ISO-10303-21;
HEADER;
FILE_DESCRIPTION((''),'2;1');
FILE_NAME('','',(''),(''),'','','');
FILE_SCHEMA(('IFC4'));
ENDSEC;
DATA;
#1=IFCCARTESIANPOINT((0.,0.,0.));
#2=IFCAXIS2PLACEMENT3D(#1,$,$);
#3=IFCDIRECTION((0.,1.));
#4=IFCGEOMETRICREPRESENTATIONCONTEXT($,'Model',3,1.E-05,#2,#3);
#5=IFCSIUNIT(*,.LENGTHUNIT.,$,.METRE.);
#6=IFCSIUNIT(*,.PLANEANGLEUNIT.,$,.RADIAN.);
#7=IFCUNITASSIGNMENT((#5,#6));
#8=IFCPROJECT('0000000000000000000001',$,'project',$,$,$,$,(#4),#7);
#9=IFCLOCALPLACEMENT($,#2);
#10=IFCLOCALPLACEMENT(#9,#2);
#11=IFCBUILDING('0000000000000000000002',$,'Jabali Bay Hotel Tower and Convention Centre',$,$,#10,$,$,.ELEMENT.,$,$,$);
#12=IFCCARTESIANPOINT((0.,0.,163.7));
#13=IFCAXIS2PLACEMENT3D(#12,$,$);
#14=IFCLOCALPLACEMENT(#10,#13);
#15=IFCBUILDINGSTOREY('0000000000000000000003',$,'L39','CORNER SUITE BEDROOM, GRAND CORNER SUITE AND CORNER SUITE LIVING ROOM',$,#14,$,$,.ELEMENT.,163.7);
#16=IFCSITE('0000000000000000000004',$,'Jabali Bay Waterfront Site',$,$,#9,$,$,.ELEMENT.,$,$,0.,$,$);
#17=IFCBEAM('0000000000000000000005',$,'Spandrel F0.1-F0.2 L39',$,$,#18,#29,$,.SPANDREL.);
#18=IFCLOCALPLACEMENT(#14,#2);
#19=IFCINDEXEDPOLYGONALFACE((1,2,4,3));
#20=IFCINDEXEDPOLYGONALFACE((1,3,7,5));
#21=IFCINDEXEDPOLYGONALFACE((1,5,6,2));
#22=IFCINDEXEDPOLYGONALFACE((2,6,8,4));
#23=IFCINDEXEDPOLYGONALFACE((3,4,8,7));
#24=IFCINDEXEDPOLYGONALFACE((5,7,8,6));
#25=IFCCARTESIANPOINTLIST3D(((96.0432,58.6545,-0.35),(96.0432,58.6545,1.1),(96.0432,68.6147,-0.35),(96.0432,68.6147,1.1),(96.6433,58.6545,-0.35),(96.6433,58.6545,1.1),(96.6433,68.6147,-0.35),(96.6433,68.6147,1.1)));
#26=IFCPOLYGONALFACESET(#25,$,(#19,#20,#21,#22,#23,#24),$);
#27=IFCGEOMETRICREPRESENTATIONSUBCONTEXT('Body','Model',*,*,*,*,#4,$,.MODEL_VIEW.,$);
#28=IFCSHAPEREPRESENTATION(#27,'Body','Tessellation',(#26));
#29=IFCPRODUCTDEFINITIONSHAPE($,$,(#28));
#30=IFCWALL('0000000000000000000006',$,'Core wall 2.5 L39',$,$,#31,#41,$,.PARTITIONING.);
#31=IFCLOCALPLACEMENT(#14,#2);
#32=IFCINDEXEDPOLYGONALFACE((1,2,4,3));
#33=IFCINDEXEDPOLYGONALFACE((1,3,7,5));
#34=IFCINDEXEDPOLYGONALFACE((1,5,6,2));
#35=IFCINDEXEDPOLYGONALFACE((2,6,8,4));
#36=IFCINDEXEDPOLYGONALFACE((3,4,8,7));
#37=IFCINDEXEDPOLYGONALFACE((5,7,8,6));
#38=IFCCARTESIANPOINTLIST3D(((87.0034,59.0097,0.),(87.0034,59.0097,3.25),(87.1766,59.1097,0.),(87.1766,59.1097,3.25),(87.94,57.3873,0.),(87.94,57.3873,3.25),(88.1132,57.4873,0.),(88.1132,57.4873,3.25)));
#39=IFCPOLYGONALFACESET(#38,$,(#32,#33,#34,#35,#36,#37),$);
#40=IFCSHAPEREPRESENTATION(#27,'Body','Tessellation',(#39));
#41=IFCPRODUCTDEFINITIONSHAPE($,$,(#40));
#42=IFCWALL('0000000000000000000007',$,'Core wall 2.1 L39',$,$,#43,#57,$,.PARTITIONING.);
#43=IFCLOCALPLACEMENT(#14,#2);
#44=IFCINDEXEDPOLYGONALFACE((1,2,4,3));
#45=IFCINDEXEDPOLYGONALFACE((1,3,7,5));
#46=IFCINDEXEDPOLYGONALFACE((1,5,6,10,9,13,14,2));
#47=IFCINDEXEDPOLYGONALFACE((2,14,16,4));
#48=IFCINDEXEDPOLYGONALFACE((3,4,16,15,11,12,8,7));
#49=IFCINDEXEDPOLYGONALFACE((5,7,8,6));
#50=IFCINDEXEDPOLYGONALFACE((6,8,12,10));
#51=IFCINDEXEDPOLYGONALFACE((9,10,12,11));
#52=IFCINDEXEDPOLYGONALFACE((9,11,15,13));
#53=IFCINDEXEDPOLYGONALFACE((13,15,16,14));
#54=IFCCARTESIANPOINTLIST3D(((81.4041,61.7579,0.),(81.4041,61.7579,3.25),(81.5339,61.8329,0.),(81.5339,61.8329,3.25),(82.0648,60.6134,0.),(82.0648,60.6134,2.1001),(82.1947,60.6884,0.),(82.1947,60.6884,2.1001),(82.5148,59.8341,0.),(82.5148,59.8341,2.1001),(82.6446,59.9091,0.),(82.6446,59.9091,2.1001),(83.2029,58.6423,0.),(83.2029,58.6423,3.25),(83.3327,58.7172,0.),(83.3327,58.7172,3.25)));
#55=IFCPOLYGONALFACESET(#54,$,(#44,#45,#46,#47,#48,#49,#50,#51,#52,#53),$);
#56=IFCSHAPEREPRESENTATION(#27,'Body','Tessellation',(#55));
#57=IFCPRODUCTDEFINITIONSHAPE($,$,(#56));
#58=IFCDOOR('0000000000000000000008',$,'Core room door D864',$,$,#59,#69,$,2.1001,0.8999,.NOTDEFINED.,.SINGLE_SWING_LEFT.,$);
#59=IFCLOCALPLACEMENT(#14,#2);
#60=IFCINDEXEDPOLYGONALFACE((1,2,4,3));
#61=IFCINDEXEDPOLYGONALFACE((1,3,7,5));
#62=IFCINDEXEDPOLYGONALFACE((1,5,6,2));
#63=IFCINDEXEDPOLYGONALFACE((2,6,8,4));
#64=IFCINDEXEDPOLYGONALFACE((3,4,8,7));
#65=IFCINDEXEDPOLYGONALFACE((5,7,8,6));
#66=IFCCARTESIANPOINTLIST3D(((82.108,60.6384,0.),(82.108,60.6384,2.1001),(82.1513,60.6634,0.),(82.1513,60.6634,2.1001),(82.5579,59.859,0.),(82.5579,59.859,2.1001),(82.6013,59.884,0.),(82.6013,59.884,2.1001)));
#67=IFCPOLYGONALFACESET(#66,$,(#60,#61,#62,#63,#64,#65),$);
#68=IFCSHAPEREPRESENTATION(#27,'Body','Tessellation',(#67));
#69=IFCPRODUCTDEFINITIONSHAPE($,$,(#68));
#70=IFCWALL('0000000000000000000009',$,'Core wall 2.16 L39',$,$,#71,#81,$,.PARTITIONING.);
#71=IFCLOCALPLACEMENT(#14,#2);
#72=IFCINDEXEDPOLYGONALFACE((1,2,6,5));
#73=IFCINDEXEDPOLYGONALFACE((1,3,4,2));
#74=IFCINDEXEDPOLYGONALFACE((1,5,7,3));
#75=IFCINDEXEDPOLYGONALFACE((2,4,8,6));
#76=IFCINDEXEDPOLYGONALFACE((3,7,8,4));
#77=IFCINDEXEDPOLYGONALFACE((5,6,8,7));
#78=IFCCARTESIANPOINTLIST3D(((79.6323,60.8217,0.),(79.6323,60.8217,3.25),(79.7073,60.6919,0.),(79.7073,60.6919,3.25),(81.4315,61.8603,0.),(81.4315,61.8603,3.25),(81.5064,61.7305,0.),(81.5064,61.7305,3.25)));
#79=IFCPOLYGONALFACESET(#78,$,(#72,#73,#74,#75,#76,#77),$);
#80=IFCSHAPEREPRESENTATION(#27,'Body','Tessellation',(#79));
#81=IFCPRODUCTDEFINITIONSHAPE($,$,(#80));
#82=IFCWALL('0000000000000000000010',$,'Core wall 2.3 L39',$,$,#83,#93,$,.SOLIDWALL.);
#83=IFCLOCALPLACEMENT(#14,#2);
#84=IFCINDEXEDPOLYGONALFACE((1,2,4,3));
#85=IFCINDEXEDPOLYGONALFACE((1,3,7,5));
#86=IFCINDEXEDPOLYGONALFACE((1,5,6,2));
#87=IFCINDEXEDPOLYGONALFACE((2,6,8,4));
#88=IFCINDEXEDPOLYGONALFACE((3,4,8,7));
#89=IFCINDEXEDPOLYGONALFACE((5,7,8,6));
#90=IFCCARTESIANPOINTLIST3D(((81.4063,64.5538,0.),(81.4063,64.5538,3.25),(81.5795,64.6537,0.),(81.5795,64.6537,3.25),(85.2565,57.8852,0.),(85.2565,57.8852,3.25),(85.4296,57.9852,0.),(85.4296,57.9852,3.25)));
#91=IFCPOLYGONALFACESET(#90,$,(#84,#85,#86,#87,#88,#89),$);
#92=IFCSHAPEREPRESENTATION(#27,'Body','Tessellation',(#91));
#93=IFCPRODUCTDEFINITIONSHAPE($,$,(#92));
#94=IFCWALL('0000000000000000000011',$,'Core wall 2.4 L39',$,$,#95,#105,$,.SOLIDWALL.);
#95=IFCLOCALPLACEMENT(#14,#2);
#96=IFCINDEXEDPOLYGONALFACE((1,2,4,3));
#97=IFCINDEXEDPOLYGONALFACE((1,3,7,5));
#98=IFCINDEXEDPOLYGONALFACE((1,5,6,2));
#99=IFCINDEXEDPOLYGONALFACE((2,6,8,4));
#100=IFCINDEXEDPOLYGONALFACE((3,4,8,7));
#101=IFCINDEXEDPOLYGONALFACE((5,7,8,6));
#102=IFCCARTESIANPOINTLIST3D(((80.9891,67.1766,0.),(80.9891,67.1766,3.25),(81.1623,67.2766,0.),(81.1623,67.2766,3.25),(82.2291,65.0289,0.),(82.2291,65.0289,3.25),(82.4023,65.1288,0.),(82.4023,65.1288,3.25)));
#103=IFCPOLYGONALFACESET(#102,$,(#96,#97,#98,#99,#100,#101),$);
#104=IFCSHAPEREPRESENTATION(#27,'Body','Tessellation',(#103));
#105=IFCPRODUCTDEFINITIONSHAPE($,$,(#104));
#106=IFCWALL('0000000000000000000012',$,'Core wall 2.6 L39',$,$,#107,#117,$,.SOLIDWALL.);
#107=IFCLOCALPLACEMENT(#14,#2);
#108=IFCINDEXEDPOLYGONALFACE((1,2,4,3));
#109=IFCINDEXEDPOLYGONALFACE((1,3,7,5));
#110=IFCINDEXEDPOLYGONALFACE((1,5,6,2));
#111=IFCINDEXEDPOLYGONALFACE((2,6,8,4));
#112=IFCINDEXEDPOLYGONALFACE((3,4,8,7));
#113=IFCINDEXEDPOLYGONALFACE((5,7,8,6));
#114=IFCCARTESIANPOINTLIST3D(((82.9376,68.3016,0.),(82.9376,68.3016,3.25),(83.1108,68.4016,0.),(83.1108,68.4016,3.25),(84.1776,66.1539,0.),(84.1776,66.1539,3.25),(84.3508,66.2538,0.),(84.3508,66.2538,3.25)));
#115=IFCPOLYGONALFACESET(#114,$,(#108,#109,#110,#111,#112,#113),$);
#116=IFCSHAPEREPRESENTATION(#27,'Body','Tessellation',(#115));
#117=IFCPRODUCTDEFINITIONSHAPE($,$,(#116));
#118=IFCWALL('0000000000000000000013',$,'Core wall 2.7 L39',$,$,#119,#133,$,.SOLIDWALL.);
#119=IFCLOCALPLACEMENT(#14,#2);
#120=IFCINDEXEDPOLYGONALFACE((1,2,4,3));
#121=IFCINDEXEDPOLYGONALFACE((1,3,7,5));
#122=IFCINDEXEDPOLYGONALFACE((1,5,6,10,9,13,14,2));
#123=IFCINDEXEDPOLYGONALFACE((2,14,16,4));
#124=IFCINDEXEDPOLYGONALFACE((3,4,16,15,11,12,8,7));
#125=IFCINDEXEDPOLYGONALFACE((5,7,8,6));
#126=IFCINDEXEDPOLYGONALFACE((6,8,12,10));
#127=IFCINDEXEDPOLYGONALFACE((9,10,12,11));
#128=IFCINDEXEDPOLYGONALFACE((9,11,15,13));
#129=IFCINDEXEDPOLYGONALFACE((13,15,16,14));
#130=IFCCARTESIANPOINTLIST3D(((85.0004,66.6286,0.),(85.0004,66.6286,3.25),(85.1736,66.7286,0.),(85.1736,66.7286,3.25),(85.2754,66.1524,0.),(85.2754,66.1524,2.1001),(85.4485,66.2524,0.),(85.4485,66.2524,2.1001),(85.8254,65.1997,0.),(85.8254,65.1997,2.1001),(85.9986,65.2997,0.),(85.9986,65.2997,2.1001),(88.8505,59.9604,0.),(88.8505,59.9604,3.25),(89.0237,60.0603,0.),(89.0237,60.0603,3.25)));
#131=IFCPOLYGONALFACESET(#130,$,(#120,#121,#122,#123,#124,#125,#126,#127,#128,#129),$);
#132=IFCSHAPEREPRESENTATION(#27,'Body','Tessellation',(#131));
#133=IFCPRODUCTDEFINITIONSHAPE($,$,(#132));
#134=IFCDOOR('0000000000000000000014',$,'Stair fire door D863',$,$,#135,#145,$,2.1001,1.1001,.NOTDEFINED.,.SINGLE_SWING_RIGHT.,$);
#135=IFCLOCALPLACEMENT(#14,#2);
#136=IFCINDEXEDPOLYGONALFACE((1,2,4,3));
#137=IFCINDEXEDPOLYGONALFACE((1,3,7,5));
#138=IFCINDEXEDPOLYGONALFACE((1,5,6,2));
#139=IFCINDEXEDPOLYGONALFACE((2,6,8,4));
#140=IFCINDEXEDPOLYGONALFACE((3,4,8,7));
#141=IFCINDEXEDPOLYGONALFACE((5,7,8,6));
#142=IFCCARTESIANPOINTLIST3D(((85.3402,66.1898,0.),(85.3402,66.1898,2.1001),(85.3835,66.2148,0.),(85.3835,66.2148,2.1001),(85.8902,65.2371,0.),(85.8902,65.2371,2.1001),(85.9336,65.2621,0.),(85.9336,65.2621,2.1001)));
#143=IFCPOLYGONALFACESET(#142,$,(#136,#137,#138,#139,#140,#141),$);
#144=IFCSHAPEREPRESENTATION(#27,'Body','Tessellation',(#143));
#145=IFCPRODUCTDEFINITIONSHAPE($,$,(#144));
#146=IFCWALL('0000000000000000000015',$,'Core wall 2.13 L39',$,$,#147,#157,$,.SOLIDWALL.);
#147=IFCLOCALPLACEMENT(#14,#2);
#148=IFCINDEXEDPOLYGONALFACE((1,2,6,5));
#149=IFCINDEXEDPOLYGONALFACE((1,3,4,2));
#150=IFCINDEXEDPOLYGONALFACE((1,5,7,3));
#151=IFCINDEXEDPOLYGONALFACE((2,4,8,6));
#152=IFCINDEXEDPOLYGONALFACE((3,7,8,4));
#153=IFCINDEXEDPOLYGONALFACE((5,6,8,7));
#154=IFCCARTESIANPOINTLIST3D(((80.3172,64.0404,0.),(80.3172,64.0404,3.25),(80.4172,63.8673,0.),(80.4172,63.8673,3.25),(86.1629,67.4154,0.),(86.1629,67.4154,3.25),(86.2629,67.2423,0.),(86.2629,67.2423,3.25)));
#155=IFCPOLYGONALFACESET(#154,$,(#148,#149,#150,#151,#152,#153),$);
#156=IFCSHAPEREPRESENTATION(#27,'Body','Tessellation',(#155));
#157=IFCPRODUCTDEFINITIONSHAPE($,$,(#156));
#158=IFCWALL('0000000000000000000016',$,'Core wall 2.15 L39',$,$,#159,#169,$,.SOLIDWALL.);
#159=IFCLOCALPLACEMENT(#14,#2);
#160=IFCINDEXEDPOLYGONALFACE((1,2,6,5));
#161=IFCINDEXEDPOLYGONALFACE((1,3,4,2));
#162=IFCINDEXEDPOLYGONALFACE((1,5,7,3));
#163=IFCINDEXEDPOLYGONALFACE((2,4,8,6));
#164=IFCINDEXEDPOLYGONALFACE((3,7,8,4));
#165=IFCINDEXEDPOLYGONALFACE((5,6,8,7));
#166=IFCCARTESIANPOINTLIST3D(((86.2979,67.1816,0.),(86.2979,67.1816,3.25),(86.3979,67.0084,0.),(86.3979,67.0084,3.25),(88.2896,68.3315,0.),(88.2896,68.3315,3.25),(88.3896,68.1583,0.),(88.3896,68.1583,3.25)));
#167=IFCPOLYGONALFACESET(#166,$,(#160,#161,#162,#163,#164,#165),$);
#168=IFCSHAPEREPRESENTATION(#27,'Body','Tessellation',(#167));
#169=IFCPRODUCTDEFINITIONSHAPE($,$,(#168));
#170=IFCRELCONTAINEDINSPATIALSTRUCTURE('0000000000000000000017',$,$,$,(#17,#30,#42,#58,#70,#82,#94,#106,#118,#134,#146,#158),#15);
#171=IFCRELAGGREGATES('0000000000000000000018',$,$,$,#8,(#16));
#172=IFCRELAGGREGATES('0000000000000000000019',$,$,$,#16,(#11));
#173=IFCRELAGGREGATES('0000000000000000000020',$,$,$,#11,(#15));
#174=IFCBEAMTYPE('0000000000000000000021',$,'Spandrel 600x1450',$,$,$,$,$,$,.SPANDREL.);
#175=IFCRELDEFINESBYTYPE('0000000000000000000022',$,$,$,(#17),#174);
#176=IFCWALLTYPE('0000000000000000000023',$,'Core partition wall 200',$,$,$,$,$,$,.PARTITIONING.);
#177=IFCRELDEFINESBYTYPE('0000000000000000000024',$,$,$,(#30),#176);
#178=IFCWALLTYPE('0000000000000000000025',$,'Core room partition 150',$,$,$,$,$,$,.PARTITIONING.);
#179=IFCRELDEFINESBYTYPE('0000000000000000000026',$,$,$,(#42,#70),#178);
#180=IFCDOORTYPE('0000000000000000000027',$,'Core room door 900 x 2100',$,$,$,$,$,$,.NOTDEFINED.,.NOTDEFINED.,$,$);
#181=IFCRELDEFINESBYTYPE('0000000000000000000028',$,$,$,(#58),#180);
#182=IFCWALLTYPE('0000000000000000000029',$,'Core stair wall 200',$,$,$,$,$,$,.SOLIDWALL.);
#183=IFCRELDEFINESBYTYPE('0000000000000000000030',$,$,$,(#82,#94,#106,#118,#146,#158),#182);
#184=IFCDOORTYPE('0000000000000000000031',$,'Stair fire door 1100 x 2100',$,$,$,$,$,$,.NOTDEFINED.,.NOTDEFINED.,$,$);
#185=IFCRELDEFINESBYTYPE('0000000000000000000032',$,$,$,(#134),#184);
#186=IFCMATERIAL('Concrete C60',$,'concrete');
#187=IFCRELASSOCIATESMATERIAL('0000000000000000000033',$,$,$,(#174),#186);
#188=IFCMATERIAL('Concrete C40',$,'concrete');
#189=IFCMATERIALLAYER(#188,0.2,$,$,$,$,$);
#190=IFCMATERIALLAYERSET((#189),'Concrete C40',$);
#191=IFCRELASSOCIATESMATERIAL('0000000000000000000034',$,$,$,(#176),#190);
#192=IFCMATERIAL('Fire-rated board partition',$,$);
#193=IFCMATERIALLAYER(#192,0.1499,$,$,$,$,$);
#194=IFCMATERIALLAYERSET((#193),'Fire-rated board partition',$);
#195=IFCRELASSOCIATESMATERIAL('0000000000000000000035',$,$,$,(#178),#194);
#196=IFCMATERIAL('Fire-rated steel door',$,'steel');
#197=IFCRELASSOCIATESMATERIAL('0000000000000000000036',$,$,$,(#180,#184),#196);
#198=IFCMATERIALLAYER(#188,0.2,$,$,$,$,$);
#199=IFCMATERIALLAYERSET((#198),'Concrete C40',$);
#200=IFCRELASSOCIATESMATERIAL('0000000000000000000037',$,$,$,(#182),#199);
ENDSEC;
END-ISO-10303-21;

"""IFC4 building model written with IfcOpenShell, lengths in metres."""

from ifc_helpers import new_model, si_unit, direction, frame, frame_2d, origin, origin_2d, place, context, subcontext, project, spatial, rectangle, extrude, material, layer, layer_set, material_profile, profile_set, type_object, element, fill, save


model = new_model("IFC4")

# Units and contexts
model_context = context("Model", 3, precision=1e-05, world=origin(), true_north=direction((0.0, 1.0)))
body_context = subcontext(model_context, "Body", "Model", "MODEL_VIEW")
ifc_project = project(units=[si_unit("LENGTHUNIT", "METRE"), si_unit("PLANEANGLEUNIT", "RADIAN")], contexts=[model_context])

# Site, building, storey
site_placement = place(None, origin())
site = spatial("IfcSite", under=ifc_project, at=site_placement, Name="Jabali Bay Waterfront Site", CompositionType="ELEMENT", RefElevation=0.0)
building_placement = place(site_placement, origin())
building = spatial("IfcBuilding", under=site, at=building_placement, Name="Jabali Bay Hotel Tower and Convention Centre", CompositionType="ELEMENT")
storey_placement = place(building_placement, frame((0.0, 0.0, 163.7)))
storey = spatial("IfcBuildingStorey", under=building, at=storey_placement, Name="L39", Description="CORNER SUITE BEDROOM, GRAND CORNER SUITE AND CORNER SUITE LIVING ROOM", CompositionType="ELEMENT", Elevation=163.7)

# Beam
ifc_material_1 = material(Name="Concrete C60", Category="concrete")
ifc_material_profile = material_profile(ifc_material_1, rectangle(XDim=0.6001, YDim=1.45, at=origin_2d()), Name="Spandrel 600x1450")
ifc_profile_set = profile_set([ifc_material_profile], Name="Concrete C60")
beam_type = type_object("IfcBeamType", Name="Spandrel 600x1450", PredefinedType="SPANDREL", material=ifc_profile_set)
beam_placement = place(storey_placement, frame((96.3433, 58.6545, 0.375), z_axis=(0.0, 1.0, 0.0), x_axis=(-1.0, 0.0, 0.0)))
element("IfcBeam", 1, at=beam_placement, inside=storey, type_object=beam_type, Name="Spandrel F0.1-F0.2 L39", PredefinedType="SPANDREL", context=body_context, shape_type="SweptSolid", body=[
    extrude(rectangle(XDim=0.6001, YDim=1.45, at=origin_2d()), origin(), (0.0, 0.0, 1.0), 9.9602),
])

# Wall
ifc_material_2 = material(Name="Concrete C40", Category="concrete")
ifc_layer_1 = layer(ifc_material_2, 0.2)
ifc_layer_set_1 = layer_set([ifc_layer_1], Name="Concrete C40")
wall_type_1 = type_object("IfcWallType", Name="Core partition wall 200", PredefinedType="PARTITIONING", material=ifc_layer_set_1)
wall_1_placement = place(storey_placement, frame((87.0901, 59.0596, 0.0), z_axis=(0.0, 0.0, 1.0), x_axis=(0.499952, -0.866053, 0.0)))
element("IfcWall", 2, at=wall_1_placement, inside=storey, type_object=wall_type_1, Name="Core wall 2.5 L39", PredefinedType="PARTITIONING", context=body_context, shape_type="SweptSolid", body=[
    extrude(rectangle(XDim=1.8733, YDim=0.2, at=frame_2d((0.9365, 0.0))), origin(), (0.0, 0.0, 1.0), 3.25),
])

# Wall, opening, door
ifc_material_3 = material(Name="Fire-rated board partition")
ifc_layer_2 = layer(ifc_material_3, 0.1499)
ifc_layer_set_2 = layer_set([ifc_layer_2], Name="Fire-rated board partition")
wall_type_2 = type_object("IfcWallType", Name="Core room partition 150", PredefinedType="PARTITIONING", material=ifc_layer_set_2)
wall_2_placement = place(storey_placement, frame((81.469, 61.7954, 0.0), z_axis=(0.0, 0.0, 1.0), x_axis=(0.499993, -0.86603, 0.0)))
wall_2 = element("IfcWall", 3, at=wall_2_placement, inside=storey, type_object=wall_type_2, Name="Core wall 2.1 L39", PredefinedType="PARTITIONING", context=body_context, shape_type="SweptSolid", body=[
    extrude(rectangle(XDim=3.5977, YDim=0.1499, at=frame_2d((1.7988, 0.0))), origin(), (0.0, 0.0, 1.0), 3.25),
])
opening_1_placement = place(wall_2_placement, frame((1.3215, 0.0, 0.0)))
opening_1 = element("IfcOpeningElement", 4, at=opening_1_placement, cuts=wall_2, PredefinedType="OPENING", context=body_context, shape_type="SweptSolid", body=[
    extrude(rectangle(XDim=0.8999, YDim=2.1001, at=frame_2d((0.45, 1.05))), frame((0.0, 0.0854, 0.0), z_axis=(0.0, -1.0, 0.0), x_axis=(1.0, 0.0, 0.0)), (0.0, 0.0, 1.0), 0.1709),
])
ifc_material_4 = material(Name="Fire-rated steel door", Category="steel")
door_type_1 = type_object("IfcDoorType", Name="Core room door 900 x 2100", OperationType="NOTDEFINED", PredefinedType="NOTDEFINED", material=ifc_material_4)
door_1_placement = place(opening_1_placement, origin())
door_1 = element("IfcDoor", 5, at=door_1_placement, inside=storey, type_object=door_type_1, Name="Core room door D864", OperationType="SINGLE_SWING_LEFT", OverallHeight=2.1001, OverallWidth=0.8999, PredefinedType="NOTDEFINED", context=body_context, shape_type="SweptSolid", body=[
    extrude(rectangle(XDim=0.8999, YDim=2.1001, at=frame_2d((0.45, 1.05))), frame((0.0, 0.0249, 0.0), z_axis=(0.0, -1.0, 0.0), x_axis=(1.0, 0.0, 0.0)), (0.0, 0.0, 1.0), 0.05),
])
fill(opening_1, door_1)

# Walls
wall_3_placement = place(storey_placement, frame((79.6699, 60.7568, 0.0), z_axis=(0.0, 0.0, 1.0), x_axis=(0.866051, 0.499956, 0.0)))
element("IfcWall", 6, at=wall_3_placement, inside=storey, type_object=wall_type_2, Name="Core wall 2.16 L39", PredefinedType="PARTITIONING", context=body_context, shape_type="SweptSolid", body=[
    extrude(rectangle(XDim=2.0774, YDim=0.1499, at=frame_2d((1.0386, 0.0))), origin(), (0.0, 0.0, 1.0), 3.25),
])
ifc_layer_3 = layer(ifc_material_2, 0.2)
ifc_layer_set_3 = layer_set([ifc_layer_3], Name="Concrete C40")
wall_type_3 = type_object("IfcWallType", Name="Core stair wall 200", PredefinedType="SOLIDWALL", material=ifc_layer_set_3)
wall_4_placement = place(storey_placement, frame((81.4929, 64.6038, 0.0), z_axis=(0.0, 0.0, 1.0), x_axis=(0.500006, -0.866022, 0.0)))
element("IfcWall", 7, at=wall_4_placement, inside=storey, type_object=wall_type_3, Name="Core wall 2.3 L39", PredefinedType="SOLIDWALL", context=body_context, shape_type="SweptSolid", body=[
    extrude(rectangle(XDim=7.7002, YDim=0.2, at=frame_2d((3.8501, 0.0))), origin(), (0.0, 0.0, 1.0), 3.25),
])
for number, where, z_axis, x_axis, name in (
    (8, (81.0757, 67.2266, 0.0), (0.0, 0.0, 1.0), (0.500004, -0.866023, 0.0), "Core wall 2.4 L39"),
    (9, (83.0242, 68.3516, 0.0), (0.0, 0.0, 1.0), (0.500004, -0.866023, 0.0), "Core wall 2.6 L39"),
):
    element("IfcWall", number, at=place(storey_placement, frame(where, z_axis=z_axis, x_axis=x_axis)), inside=storey, type_object=wall_type_3, Name=name, PredefinedType="SOLIDWALL", context=body_context, shape_type="SweptSolid", body=[
        extrude(rectangle(XDim=2.48, YDim=0.2, at=frame_2d((1.24, 0.0))), origin(), (0.0, 0.0, 1.0), 3.25),
    ])

# Wall, opening, door
wall_5_placement = place(storey_placement, frame((85.0869, 66.6787, 0.0), z_axis=(0.0, 0.0, 1.0), x_axis=(0.50002, -0.866014, 0.0)))
wall_5 = element("IfcWall", 10, at=wall_5_placement, inside=storey, type_object=wall_type_3, Name="Core wall 2.7 L39", PredefinedType="SOLIDWALL", context=body_context, shape_type="SweptSolid", body=[
    extrude(rectangle(XDim=7.7, YDim=0.2, at=frame_2d((3.8501, 0.0))), origin(), (0.0, 0.0, 1.0), 3.25),
])
opening_2_placement = place(wall_5_placement, frame((0.55, 0.0, 0.0)))
opening_2 = element("IfcOpeningElement", 11, at=opening_2_placement, cuts=wall_5, PredefinedType="OPENING", context=body_context, shape_type="SweptSolid", body=[
    extrude(rectangle(XDim=1.1001, YDim=2.1001, at=frame_2d((0.55, 1.05))), frame((0.0, 0.1104, 0.0), z_axis=(0.0, -1.0, 0.0), x_axis=(1.0, 0.0, 0.0)), (0.0, 0.0, 1.0), 0.2209),
])
door_type_2 = type_object("IfcDoorType", Name="Stair fire door 1100 x 2100", OperationType="NOTDEFINED", PredefinedType="NOTDEFINED", material=ifc_material_4)
door_2_placement = place(opening_2_placement, origin())
door_2 = element("IfcDoor", 12, at=door_2_placement, inside=storey, type_object=door_type_2, Name="Stair fire door D863", OperationType="SINGLE_SWING_RIGHT", OverallHeight=2.1001, OverallWidth=1.1001, PredefinedType="NOTDEFINED", context=body_context, shape_type="SweptSolid", body=[
    extrude(rectangle(XDim=1.1001, YDim=2.1001, at=frame_2d((0.55, 1.05))), frame((0.0, 0.0249, 0.0), z_axis=(0.0, -1.0, 0.0), x_axis=(1.0, 0.0, 0.0)), (0.0, 0.0, 1.0), 0.05),
])
fill(opening_2, door_2)

# Walls
wall_6_placement = place(storey_placement, frame((80.3672, 63.9539, 0.0), z_axis=(0.0, 0.0, 1.0), x_axis=(0.866027, 0.499998, 0.0)))
element("IfcWall", 13, at=wall_6_placement, inside=storey, type_object=wall_type_3, Name="Core wall 2.13 L39", PredefinedType="SOLIDWALL", context=body_context, shape_type="SweptSolid", body=[
    extrude(rectangle(XDim=6.75, YDim=0.2, at=frame_2d((3.375, 0.0))), origin(), (0.0, 0.0, 1.0), 3.25),
])
wall_7_placement = place(storey_placement, frame((86.3479, 67.095, 0.0), z_axis=(0.0, 0.0, 1.0), x_axis=(0.866026, 0.499998, 0.0)))
element("IfcWall", 14, at=wall_7_placement, inside=storey, type_object=wall_type_3, Name="Core wall 2.15 L39", PredefinedType="SOLIDWALL", context=body_context, shape_type="SweptSolid", body=[
    extrude(rectangle(XDim=2.2998, YDim=0.2, at=frame_2d((1.1499, 0.0))), origin(), (0.0, 0.0, 1.0), 3.25),
])

save(model, "model.ifc")
